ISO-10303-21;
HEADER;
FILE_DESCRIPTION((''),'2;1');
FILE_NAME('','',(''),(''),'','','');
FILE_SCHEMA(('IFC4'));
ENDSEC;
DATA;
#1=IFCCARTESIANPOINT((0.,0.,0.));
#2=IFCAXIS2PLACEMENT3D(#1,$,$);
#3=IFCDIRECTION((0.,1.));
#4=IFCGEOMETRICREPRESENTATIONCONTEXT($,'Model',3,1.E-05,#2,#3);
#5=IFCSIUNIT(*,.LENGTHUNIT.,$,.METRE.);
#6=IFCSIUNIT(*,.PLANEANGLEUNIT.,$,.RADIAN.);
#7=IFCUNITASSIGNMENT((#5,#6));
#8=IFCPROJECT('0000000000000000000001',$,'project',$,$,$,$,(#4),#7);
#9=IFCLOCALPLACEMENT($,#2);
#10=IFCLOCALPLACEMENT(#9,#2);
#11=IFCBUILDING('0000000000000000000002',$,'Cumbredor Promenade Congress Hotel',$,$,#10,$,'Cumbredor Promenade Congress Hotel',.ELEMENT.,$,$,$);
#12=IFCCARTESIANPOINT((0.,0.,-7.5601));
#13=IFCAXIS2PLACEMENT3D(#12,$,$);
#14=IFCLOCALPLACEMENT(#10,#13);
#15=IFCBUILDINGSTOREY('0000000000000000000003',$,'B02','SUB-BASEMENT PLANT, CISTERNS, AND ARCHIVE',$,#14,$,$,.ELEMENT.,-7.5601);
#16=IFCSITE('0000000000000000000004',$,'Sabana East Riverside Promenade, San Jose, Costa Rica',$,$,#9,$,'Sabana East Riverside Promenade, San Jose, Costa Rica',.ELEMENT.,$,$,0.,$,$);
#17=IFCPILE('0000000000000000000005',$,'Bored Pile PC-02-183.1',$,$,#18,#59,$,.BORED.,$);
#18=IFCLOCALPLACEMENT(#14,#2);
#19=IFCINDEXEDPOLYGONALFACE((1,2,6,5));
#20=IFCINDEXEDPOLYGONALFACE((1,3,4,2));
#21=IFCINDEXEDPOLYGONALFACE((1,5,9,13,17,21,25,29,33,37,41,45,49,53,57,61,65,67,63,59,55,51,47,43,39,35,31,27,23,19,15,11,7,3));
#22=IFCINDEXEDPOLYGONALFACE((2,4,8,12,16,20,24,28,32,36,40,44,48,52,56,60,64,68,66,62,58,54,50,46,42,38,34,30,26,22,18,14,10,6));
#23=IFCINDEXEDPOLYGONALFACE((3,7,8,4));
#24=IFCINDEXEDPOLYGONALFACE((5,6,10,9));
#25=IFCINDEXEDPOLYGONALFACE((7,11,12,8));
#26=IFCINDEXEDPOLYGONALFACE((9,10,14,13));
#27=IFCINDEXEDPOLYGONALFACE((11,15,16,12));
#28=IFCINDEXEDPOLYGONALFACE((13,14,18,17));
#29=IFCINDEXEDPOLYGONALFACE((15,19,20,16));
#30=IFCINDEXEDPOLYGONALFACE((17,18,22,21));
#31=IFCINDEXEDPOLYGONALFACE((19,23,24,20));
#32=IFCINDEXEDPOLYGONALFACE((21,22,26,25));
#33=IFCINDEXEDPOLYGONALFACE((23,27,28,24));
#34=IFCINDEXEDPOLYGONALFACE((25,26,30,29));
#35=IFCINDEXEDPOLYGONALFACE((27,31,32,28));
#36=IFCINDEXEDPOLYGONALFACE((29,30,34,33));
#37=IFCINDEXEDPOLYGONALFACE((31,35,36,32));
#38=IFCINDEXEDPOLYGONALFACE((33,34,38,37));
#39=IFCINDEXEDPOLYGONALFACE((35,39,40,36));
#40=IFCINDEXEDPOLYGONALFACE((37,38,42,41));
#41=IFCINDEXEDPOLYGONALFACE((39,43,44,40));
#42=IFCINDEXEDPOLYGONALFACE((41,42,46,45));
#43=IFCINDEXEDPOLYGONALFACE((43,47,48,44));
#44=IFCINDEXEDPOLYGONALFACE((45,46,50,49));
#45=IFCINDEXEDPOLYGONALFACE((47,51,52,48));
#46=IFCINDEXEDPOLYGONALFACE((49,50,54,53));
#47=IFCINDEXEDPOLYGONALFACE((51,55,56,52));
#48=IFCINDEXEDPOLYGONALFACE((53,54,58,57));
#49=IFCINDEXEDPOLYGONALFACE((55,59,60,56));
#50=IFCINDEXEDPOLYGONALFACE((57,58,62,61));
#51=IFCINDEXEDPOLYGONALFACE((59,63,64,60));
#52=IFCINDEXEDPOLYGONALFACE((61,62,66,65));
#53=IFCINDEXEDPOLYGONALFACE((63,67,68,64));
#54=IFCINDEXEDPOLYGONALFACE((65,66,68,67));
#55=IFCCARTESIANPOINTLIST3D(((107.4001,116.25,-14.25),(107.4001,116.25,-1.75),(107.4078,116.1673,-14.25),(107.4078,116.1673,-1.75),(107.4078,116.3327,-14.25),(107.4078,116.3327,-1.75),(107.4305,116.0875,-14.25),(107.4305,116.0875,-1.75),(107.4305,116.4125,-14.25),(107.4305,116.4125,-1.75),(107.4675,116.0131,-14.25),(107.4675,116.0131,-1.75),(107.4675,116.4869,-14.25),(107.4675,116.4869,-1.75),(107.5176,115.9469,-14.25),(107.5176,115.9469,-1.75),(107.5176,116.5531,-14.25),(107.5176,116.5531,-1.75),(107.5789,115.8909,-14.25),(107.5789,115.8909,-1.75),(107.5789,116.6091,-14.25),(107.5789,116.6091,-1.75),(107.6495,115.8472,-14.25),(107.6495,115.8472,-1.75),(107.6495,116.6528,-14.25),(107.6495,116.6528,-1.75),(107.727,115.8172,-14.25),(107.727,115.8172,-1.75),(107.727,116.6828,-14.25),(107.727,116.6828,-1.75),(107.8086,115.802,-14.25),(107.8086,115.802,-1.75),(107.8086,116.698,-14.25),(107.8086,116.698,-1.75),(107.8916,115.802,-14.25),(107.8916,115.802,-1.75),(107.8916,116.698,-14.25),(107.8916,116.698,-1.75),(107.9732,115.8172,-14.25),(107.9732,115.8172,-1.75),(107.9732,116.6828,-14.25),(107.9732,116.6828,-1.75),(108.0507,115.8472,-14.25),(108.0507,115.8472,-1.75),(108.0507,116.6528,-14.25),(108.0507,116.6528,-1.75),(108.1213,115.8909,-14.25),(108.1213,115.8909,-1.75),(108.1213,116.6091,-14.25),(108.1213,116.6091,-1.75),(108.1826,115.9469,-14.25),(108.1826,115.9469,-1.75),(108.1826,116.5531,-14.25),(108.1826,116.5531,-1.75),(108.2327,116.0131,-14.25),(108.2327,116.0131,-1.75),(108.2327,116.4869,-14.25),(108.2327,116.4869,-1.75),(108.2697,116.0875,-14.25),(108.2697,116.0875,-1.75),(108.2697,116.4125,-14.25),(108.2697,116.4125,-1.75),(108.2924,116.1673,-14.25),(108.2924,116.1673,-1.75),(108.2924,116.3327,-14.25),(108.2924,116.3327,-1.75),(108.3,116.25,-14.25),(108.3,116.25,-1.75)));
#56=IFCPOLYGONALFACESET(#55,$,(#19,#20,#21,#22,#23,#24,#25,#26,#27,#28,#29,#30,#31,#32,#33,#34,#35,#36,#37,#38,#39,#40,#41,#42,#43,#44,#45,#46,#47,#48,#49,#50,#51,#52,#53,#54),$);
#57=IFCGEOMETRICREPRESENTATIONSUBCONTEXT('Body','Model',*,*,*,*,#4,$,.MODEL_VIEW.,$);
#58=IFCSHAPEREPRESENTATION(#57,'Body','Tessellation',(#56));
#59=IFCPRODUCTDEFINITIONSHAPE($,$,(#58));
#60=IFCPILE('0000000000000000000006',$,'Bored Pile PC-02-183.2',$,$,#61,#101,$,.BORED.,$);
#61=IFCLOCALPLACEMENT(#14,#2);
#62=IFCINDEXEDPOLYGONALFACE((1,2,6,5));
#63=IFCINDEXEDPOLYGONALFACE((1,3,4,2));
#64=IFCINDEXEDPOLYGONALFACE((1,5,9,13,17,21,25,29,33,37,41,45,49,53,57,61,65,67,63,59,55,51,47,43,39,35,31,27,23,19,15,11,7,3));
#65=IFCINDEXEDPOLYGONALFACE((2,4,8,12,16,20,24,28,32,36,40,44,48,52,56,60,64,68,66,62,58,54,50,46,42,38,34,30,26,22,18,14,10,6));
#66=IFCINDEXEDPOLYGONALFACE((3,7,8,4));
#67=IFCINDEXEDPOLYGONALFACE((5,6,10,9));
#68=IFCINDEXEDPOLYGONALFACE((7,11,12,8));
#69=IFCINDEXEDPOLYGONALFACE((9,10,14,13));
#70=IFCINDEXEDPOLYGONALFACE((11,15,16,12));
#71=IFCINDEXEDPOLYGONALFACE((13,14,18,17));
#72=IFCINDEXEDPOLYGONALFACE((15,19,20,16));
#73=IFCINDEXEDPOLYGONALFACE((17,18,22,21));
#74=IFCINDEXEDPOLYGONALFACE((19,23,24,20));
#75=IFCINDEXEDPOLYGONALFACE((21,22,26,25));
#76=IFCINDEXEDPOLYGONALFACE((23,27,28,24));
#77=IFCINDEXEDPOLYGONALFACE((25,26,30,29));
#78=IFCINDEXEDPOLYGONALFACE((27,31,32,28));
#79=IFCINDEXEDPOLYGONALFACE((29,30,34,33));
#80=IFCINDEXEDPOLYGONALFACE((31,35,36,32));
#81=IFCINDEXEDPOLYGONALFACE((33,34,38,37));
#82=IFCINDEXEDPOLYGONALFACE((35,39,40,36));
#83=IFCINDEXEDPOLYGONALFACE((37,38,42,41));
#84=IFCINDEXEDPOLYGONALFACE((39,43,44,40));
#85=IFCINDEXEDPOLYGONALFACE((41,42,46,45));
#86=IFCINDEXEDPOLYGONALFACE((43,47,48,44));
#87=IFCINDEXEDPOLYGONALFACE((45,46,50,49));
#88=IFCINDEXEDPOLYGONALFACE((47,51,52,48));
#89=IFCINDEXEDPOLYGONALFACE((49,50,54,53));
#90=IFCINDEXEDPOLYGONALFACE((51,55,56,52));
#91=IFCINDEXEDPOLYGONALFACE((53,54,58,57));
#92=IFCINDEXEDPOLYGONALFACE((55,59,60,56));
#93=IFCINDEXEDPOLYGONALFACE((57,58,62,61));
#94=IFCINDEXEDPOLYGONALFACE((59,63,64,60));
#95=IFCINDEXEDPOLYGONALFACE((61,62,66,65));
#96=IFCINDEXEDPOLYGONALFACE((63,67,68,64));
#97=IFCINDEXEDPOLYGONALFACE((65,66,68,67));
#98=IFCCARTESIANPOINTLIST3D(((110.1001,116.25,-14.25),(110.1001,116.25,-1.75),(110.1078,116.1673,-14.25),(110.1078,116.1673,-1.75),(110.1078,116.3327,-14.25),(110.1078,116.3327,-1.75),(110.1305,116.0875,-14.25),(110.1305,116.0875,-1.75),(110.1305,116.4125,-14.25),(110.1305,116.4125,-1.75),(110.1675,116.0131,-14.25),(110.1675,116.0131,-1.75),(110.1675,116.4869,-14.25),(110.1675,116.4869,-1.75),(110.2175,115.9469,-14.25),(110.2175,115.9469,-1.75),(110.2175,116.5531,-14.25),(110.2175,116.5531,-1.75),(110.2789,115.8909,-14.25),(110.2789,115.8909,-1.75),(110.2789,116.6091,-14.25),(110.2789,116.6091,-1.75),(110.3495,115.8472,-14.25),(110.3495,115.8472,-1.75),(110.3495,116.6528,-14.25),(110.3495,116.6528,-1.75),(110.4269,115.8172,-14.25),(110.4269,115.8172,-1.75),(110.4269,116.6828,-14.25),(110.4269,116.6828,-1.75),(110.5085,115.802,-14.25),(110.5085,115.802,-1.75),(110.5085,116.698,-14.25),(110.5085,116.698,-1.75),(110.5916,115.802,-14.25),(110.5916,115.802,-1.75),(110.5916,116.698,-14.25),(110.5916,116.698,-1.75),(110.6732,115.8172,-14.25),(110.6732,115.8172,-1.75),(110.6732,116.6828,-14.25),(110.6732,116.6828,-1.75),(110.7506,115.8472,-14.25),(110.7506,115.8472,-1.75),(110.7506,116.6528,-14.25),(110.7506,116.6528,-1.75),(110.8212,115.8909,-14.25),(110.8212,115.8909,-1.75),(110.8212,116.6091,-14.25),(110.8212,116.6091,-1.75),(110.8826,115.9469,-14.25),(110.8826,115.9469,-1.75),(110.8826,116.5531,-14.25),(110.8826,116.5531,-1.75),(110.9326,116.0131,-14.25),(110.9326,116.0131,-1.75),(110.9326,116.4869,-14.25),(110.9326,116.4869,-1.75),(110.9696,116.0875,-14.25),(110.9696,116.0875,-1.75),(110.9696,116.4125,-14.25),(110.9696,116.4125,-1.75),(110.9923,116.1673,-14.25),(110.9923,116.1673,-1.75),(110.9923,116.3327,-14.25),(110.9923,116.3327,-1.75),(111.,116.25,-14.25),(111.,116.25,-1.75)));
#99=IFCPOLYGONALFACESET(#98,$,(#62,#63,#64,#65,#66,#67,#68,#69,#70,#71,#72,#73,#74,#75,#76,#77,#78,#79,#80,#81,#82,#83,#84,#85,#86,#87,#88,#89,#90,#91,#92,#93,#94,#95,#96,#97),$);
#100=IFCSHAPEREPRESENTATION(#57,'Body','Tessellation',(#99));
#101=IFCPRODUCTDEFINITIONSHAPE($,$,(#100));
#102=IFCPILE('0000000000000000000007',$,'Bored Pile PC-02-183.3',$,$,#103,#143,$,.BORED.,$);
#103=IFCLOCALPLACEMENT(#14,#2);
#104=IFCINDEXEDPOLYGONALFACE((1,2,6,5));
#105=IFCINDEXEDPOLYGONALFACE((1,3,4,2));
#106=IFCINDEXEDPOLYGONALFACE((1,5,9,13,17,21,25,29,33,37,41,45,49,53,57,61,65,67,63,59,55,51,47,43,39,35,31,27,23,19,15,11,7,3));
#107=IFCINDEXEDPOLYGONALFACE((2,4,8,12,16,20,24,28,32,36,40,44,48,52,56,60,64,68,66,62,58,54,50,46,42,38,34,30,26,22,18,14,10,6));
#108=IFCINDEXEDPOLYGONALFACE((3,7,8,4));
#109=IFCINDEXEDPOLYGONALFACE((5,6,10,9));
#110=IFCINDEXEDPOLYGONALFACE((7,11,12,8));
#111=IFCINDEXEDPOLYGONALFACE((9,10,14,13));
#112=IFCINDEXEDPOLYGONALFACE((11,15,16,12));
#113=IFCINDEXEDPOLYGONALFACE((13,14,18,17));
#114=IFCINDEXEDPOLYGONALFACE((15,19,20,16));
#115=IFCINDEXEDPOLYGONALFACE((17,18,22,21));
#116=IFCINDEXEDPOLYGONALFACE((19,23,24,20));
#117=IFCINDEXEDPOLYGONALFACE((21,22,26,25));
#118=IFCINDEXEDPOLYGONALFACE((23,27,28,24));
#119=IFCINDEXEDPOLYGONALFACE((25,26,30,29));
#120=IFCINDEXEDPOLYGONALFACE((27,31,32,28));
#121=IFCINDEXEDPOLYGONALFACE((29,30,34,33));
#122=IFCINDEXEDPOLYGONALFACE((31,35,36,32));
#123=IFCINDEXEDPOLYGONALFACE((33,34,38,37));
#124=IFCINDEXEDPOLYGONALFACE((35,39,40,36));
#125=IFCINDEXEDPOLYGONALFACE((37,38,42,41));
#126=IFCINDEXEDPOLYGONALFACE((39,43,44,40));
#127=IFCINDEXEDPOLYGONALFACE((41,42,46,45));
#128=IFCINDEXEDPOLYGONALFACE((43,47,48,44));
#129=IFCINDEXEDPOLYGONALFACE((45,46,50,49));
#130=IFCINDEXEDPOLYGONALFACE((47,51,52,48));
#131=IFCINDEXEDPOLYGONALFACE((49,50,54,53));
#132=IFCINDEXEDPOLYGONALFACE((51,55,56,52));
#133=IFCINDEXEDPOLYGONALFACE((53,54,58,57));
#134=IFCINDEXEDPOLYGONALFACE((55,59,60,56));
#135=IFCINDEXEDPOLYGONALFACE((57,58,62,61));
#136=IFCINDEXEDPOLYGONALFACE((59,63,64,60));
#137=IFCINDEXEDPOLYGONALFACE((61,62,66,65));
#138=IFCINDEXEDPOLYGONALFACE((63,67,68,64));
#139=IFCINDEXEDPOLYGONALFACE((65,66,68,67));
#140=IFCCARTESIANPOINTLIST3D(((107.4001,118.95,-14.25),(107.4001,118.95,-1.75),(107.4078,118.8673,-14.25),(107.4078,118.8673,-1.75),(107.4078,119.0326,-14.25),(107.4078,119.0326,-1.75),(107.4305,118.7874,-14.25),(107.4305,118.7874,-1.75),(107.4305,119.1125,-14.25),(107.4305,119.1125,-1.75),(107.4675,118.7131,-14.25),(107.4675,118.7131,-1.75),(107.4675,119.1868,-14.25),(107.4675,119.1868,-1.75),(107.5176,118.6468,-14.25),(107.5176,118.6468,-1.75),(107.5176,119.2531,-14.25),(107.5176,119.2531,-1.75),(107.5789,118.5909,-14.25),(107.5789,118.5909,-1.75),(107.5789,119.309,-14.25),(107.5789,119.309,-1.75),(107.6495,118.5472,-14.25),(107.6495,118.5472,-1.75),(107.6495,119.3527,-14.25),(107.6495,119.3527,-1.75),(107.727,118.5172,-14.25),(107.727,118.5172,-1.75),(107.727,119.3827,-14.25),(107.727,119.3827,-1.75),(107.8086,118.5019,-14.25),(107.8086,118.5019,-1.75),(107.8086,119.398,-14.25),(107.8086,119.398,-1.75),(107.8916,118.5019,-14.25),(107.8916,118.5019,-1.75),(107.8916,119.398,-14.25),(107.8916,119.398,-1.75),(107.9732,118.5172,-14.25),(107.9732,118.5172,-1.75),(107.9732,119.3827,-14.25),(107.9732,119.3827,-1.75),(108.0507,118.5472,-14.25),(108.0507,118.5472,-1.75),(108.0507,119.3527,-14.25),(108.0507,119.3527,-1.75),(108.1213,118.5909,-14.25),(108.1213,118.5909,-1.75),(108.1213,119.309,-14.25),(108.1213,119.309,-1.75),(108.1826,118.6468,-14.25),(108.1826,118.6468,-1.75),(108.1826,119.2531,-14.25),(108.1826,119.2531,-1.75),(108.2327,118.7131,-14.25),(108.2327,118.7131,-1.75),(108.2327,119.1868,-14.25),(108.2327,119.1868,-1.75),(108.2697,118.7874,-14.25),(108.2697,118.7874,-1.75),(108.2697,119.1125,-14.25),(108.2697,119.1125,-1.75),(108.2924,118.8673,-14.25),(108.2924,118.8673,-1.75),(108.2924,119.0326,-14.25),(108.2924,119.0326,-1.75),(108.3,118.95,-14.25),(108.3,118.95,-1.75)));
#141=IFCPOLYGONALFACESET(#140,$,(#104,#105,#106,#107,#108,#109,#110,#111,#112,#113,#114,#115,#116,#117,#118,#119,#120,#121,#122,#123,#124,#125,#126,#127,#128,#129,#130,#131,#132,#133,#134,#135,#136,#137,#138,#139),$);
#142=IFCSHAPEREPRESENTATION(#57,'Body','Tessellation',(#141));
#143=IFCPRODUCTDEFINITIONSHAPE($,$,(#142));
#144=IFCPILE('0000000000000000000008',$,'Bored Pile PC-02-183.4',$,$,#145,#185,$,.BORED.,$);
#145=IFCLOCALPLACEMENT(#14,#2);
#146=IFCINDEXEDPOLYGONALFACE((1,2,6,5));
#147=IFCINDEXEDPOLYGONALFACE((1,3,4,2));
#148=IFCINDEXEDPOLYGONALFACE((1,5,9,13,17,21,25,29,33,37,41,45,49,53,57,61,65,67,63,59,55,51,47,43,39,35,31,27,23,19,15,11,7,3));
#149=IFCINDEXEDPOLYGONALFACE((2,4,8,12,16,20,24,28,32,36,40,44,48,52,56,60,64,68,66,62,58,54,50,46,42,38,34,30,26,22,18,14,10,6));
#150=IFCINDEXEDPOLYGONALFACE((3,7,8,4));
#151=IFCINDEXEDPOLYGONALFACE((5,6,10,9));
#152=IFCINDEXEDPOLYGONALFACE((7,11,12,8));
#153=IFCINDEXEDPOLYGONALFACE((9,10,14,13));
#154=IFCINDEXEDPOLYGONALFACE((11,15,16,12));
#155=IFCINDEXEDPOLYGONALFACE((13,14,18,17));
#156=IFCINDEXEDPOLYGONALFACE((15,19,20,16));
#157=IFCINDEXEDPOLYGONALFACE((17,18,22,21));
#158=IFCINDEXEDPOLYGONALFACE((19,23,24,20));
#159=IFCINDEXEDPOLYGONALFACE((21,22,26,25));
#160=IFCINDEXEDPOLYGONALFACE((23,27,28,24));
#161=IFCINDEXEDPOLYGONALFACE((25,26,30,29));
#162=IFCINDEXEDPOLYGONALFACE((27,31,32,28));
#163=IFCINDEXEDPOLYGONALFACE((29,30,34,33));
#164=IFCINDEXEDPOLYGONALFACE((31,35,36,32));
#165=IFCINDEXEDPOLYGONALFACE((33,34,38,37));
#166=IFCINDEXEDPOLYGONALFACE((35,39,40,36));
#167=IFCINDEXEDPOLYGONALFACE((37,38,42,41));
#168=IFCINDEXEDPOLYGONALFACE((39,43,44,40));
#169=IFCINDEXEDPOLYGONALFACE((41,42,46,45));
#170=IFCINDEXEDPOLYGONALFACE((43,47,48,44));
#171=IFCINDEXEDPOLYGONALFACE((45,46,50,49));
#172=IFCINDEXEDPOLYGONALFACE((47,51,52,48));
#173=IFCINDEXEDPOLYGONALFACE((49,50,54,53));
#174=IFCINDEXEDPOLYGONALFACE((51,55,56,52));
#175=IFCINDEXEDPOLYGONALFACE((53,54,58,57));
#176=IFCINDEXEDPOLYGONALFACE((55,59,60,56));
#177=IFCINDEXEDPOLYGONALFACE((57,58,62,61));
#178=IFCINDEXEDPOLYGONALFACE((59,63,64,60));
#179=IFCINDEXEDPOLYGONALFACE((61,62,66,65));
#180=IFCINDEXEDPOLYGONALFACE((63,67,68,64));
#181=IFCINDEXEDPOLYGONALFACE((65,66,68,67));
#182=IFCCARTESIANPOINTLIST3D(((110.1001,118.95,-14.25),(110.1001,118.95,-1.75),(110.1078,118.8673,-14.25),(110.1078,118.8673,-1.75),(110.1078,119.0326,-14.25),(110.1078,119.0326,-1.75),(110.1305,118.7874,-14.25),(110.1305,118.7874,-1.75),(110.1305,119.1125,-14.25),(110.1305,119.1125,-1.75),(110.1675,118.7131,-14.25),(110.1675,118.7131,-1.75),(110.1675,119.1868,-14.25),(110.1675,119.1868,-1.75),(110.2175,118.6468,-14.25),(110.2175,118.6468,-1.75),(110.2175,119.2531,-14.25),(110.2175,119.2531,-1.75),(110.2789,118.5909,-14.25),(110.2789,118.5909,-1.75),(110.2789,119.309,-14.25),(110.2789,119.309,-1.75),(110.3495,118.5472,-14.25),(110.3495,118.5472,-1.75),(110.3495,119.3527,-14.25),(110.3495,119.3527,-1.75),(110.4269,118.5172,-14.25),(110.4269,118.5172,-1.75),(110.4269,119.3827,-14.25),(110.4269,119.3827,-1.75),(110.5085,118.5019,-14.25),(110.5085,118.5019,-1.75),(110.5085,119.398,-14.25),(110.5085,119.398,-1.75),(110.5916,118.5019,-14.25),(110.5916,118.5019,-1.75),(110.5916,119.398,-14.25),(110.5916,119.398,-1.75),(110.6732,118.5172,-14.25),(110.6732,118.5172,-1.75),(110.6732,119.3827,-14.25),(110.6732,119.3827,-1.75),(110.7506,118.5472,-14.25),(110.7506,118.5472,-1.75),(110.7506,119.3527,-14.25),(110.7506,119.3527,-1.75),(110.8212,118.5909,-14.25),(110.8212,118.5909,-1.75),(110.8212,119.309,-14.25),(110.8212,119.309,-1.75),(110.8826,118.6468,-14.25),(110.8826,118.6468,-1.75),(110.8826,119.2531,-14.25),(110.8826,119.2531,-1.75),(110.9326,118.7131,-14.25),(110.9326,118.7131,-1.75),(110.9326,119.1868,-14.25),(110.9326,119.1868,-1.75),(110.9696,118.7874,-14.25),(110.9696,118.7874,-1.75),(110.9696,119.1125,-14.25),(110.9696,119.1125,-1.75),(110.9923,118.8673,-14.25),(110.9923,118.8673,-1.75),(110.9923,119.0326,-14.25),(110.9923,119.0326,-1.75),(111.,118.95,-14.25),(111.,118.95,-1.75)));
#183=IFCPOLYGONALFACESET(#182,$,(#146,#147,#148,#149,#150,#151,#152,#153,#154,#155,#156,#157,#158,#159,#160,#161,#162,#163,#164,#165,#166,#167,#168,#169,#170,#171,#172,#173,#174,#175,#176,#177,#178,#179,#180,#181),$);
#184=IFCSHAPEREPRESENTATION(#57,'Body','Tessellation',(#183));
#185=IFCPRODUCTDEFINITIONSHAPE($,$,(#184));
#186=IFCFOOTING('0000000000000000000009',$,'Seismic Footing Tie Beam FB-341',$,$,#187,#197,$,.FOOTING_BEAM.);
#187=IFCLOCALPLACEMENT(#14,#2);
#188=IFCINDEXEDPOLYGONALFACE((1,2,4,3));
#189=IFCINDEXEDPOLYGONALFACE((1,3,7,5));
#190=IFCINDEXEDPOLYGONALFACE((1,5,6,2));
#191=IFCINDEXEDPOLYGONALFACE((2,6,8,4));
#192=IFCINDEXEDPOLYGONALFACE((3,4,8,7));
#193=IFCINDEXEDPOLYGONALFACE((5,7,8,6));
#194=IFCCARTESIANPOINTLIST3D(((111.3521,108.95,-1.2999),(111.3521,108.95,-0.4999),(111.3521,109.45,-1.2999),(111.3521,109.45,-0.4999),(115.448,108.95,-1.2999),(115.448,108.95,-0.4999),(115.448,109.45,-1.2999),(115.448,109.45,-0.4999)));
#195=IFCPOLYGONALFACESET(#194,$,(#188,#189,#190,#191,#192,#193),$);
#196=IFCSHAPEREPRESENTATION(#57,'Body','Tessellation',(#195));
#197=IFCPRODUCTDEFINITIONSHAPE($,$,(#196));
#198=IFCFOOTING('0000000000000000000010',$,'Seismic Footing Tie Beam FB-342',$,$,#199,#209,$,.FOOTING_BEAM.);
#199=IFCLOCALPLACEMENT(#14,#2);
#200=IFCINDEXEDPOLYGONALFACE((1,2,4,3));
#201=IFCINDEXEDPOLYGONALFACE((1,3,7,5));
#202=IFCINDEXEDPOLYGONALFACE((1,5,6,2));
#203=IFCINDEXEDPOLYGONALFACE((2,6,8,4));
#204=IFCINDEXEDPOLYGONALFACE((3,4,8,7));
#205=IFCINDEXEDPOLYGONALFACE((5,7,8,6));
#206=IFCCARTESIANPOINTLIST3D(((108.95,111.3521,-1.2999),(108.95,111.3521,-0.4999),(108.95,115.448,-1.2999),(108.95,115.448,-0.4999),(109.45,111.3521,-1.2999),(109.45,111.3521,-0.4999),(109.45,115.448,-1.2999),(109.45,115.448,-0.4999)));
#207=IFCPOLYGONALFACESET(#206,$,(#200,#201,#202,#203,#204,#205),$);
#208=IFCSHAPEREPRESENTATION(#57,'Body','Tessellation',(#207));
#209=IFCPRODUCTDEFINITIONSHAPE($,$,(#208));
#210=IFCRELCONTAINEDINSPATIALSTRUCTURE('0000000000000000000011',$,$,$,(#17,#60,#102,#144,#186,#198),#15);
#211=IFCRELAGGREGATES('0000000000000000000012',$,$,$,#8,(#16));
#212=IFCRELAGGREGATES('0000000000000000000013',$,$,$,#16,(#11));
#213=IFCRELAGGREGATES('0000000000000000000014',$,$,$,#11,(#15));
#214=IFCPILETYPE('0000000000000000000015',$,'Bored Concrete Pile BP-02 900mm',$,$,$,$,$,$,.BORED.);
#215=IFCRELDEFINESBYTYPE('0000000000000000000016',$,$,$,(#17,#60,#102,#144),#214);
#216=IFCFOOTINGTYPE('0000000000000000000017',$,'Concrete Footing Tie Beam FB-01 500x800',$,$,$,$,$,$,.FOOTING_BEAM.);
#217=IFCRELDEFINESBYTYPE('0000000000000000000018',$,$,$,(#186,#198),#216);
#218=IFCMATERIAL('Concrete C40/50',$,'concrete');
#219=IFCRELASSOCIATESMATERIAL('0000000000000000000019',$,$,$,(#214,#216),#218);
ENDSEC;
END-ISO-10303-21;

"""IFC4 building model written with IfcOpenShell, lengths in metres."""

from ifc_helpers import new_model, si_unit, direction, frame, origin, origin_2d, place, context, subcontext, project, spatial, rectangle, circle, extrude, material, material_profile, profile_set, type_object, element, save


model = new_model("IFC4")

# Units and contexts
model_context = context("Model", 3, precision=1e-05, world=origin(), true_north=direction((0.0, 1.0)))
body_context = subcontext(model_context, "Body", "Model", "MODEL_VIEW")
ifc_project = project(units=[si_unit("LENGTHUNIT", "METRE"), si_unit("PLANEANGLEUNIT", "RADIAN")], contexts=[model_context])

# Site, building, storey
site_placement = place(None, origin())
site = spatial("IfcSite", under=ifc_project, at=site_placement, Name="Sabana East Riverside Promenade, San Jose, Costa Rica", LongName="Sabana East Riverside Promenade, San Jose, Costa Rica", CompositionType="ELEMENT", RefElevation=0.0)
building_placement = place(site_placement, origin())
building = spatial("IfcBuilding", under=site, at=building_placement, Name="Cumbredor Promenade Congress Hotel", LongName="Cumbredor Promenade Congress Hotel", CompositionType="ELEMENT")
storey_placement = place(building_placement, frame((0.0, 0.0, -7.5601)))
storey = spatial("IfcBuildingStorey", under=building, at=storey_placement, Name="B02", Description="SUB-BASEMENT PLANT, CISTERNS, AND ARCHIVE", CompositionType="ELEMENT", Elevation=-7.5601)

# Piles
ifc_material_1 = material(Name="Concrete C40/50", Category="concrete")
ifc_material_profile_1 = material_profile(ifc_material_1, circle(Radius=0.45, at=origin_2d()), Name="PILE D900")
ifc_profile_set_1 = profile_set([ifc_material_profile_1], Name="Concrete C40/50")
pile_type = type_object("IfcPileType", Name="Bored Concrete Pile BP-02 900mm", PredefinedType="BORED", material=ifc_profile_set_1)
for number, where, z_axis, x_axis, name in (
    (1, (107.8501, 116.25, -1.75), (0.0, 0.0, -1.0), (1.0, 0.0, 0.0), "Bored Pile PC-02-183.1"),
    (2, (110.55, 116.25, -1.75), (0.0, 0.0, -1.0), (1.0, 0.0, 0.0), "Bored Pile PC-02-183.2"),
    (3, (107.8501, 118.95, -1.75), (0.0, 0.0, -1.0), (1.0, 0.0, 0.0), "Bored Pile PC-02-183.3"),
    (4, (110.55, 118.95, -1.75), (0.0, 0.0, -1.0), (1.0, 0.0, 0.0), "Bored Pile PC-02-183.4"),
):
    element("IfcPile", number, at=place(storey_placement, frame(where, z_axis=z_axis, x_axis=x_axis)), inside=storey, type_object=pile_type, Name=name, PredefinedType="BORED", context=body_context, shape_type="SweptSolid", body=[
        extrude(circle(Radius=0.45, at=origin_2d()), origin(), (0.0, 0.0, 1.0), 12.5),
    ])

# Footings
ifc_material_profile_2 = material_profile(ifc_material_1, rectangle(XDim=0.5, YDim=0.8, at=origin_2d()), Name="FB 500x800")
ifc_profile_set_2 = profile_set([ifc_material_profile_2], Name="Concrete C40/50")
footing_type_1 = type_object("IfcFootingType", Name="Concrete Footing Tie Beam FB-01 500x800", PredefinedType="FOOTING_BEAM", material=ifc_profile_set_2)
for number, where, z_axis, x_axis, name in (
    (5, (111.3521, 109.2, -0.8999), (1.0, 0.0, 0.0), (0.0, 1.0, 0.0), "Seismic Footing Tie Beam FB-341"),
    (6, (109.2, 111.3521, -0.8999), (0.0, 1.0, 0.0), (-1.0, 0.0, 0.0), "Seismic Footing Tie Beam FB-342"),
):
    element("IfcFooting", number, at=place(storey_placement, frame(where, z_axis=z_axis, x_axis=x_axis)), inside=storey, type_object=footing_type_1, Name=name, PredefinedType="FOOTING_BEAM", context=body_context, shape_type="SweptSolid", body=[
        extrude(rectangle(XDim=0.5, YDim=0.8, at=origin_2d()), origin(), (0.0, 0.0, 1.0), 4.0959),
    ])

save(model, "model.ifc")
